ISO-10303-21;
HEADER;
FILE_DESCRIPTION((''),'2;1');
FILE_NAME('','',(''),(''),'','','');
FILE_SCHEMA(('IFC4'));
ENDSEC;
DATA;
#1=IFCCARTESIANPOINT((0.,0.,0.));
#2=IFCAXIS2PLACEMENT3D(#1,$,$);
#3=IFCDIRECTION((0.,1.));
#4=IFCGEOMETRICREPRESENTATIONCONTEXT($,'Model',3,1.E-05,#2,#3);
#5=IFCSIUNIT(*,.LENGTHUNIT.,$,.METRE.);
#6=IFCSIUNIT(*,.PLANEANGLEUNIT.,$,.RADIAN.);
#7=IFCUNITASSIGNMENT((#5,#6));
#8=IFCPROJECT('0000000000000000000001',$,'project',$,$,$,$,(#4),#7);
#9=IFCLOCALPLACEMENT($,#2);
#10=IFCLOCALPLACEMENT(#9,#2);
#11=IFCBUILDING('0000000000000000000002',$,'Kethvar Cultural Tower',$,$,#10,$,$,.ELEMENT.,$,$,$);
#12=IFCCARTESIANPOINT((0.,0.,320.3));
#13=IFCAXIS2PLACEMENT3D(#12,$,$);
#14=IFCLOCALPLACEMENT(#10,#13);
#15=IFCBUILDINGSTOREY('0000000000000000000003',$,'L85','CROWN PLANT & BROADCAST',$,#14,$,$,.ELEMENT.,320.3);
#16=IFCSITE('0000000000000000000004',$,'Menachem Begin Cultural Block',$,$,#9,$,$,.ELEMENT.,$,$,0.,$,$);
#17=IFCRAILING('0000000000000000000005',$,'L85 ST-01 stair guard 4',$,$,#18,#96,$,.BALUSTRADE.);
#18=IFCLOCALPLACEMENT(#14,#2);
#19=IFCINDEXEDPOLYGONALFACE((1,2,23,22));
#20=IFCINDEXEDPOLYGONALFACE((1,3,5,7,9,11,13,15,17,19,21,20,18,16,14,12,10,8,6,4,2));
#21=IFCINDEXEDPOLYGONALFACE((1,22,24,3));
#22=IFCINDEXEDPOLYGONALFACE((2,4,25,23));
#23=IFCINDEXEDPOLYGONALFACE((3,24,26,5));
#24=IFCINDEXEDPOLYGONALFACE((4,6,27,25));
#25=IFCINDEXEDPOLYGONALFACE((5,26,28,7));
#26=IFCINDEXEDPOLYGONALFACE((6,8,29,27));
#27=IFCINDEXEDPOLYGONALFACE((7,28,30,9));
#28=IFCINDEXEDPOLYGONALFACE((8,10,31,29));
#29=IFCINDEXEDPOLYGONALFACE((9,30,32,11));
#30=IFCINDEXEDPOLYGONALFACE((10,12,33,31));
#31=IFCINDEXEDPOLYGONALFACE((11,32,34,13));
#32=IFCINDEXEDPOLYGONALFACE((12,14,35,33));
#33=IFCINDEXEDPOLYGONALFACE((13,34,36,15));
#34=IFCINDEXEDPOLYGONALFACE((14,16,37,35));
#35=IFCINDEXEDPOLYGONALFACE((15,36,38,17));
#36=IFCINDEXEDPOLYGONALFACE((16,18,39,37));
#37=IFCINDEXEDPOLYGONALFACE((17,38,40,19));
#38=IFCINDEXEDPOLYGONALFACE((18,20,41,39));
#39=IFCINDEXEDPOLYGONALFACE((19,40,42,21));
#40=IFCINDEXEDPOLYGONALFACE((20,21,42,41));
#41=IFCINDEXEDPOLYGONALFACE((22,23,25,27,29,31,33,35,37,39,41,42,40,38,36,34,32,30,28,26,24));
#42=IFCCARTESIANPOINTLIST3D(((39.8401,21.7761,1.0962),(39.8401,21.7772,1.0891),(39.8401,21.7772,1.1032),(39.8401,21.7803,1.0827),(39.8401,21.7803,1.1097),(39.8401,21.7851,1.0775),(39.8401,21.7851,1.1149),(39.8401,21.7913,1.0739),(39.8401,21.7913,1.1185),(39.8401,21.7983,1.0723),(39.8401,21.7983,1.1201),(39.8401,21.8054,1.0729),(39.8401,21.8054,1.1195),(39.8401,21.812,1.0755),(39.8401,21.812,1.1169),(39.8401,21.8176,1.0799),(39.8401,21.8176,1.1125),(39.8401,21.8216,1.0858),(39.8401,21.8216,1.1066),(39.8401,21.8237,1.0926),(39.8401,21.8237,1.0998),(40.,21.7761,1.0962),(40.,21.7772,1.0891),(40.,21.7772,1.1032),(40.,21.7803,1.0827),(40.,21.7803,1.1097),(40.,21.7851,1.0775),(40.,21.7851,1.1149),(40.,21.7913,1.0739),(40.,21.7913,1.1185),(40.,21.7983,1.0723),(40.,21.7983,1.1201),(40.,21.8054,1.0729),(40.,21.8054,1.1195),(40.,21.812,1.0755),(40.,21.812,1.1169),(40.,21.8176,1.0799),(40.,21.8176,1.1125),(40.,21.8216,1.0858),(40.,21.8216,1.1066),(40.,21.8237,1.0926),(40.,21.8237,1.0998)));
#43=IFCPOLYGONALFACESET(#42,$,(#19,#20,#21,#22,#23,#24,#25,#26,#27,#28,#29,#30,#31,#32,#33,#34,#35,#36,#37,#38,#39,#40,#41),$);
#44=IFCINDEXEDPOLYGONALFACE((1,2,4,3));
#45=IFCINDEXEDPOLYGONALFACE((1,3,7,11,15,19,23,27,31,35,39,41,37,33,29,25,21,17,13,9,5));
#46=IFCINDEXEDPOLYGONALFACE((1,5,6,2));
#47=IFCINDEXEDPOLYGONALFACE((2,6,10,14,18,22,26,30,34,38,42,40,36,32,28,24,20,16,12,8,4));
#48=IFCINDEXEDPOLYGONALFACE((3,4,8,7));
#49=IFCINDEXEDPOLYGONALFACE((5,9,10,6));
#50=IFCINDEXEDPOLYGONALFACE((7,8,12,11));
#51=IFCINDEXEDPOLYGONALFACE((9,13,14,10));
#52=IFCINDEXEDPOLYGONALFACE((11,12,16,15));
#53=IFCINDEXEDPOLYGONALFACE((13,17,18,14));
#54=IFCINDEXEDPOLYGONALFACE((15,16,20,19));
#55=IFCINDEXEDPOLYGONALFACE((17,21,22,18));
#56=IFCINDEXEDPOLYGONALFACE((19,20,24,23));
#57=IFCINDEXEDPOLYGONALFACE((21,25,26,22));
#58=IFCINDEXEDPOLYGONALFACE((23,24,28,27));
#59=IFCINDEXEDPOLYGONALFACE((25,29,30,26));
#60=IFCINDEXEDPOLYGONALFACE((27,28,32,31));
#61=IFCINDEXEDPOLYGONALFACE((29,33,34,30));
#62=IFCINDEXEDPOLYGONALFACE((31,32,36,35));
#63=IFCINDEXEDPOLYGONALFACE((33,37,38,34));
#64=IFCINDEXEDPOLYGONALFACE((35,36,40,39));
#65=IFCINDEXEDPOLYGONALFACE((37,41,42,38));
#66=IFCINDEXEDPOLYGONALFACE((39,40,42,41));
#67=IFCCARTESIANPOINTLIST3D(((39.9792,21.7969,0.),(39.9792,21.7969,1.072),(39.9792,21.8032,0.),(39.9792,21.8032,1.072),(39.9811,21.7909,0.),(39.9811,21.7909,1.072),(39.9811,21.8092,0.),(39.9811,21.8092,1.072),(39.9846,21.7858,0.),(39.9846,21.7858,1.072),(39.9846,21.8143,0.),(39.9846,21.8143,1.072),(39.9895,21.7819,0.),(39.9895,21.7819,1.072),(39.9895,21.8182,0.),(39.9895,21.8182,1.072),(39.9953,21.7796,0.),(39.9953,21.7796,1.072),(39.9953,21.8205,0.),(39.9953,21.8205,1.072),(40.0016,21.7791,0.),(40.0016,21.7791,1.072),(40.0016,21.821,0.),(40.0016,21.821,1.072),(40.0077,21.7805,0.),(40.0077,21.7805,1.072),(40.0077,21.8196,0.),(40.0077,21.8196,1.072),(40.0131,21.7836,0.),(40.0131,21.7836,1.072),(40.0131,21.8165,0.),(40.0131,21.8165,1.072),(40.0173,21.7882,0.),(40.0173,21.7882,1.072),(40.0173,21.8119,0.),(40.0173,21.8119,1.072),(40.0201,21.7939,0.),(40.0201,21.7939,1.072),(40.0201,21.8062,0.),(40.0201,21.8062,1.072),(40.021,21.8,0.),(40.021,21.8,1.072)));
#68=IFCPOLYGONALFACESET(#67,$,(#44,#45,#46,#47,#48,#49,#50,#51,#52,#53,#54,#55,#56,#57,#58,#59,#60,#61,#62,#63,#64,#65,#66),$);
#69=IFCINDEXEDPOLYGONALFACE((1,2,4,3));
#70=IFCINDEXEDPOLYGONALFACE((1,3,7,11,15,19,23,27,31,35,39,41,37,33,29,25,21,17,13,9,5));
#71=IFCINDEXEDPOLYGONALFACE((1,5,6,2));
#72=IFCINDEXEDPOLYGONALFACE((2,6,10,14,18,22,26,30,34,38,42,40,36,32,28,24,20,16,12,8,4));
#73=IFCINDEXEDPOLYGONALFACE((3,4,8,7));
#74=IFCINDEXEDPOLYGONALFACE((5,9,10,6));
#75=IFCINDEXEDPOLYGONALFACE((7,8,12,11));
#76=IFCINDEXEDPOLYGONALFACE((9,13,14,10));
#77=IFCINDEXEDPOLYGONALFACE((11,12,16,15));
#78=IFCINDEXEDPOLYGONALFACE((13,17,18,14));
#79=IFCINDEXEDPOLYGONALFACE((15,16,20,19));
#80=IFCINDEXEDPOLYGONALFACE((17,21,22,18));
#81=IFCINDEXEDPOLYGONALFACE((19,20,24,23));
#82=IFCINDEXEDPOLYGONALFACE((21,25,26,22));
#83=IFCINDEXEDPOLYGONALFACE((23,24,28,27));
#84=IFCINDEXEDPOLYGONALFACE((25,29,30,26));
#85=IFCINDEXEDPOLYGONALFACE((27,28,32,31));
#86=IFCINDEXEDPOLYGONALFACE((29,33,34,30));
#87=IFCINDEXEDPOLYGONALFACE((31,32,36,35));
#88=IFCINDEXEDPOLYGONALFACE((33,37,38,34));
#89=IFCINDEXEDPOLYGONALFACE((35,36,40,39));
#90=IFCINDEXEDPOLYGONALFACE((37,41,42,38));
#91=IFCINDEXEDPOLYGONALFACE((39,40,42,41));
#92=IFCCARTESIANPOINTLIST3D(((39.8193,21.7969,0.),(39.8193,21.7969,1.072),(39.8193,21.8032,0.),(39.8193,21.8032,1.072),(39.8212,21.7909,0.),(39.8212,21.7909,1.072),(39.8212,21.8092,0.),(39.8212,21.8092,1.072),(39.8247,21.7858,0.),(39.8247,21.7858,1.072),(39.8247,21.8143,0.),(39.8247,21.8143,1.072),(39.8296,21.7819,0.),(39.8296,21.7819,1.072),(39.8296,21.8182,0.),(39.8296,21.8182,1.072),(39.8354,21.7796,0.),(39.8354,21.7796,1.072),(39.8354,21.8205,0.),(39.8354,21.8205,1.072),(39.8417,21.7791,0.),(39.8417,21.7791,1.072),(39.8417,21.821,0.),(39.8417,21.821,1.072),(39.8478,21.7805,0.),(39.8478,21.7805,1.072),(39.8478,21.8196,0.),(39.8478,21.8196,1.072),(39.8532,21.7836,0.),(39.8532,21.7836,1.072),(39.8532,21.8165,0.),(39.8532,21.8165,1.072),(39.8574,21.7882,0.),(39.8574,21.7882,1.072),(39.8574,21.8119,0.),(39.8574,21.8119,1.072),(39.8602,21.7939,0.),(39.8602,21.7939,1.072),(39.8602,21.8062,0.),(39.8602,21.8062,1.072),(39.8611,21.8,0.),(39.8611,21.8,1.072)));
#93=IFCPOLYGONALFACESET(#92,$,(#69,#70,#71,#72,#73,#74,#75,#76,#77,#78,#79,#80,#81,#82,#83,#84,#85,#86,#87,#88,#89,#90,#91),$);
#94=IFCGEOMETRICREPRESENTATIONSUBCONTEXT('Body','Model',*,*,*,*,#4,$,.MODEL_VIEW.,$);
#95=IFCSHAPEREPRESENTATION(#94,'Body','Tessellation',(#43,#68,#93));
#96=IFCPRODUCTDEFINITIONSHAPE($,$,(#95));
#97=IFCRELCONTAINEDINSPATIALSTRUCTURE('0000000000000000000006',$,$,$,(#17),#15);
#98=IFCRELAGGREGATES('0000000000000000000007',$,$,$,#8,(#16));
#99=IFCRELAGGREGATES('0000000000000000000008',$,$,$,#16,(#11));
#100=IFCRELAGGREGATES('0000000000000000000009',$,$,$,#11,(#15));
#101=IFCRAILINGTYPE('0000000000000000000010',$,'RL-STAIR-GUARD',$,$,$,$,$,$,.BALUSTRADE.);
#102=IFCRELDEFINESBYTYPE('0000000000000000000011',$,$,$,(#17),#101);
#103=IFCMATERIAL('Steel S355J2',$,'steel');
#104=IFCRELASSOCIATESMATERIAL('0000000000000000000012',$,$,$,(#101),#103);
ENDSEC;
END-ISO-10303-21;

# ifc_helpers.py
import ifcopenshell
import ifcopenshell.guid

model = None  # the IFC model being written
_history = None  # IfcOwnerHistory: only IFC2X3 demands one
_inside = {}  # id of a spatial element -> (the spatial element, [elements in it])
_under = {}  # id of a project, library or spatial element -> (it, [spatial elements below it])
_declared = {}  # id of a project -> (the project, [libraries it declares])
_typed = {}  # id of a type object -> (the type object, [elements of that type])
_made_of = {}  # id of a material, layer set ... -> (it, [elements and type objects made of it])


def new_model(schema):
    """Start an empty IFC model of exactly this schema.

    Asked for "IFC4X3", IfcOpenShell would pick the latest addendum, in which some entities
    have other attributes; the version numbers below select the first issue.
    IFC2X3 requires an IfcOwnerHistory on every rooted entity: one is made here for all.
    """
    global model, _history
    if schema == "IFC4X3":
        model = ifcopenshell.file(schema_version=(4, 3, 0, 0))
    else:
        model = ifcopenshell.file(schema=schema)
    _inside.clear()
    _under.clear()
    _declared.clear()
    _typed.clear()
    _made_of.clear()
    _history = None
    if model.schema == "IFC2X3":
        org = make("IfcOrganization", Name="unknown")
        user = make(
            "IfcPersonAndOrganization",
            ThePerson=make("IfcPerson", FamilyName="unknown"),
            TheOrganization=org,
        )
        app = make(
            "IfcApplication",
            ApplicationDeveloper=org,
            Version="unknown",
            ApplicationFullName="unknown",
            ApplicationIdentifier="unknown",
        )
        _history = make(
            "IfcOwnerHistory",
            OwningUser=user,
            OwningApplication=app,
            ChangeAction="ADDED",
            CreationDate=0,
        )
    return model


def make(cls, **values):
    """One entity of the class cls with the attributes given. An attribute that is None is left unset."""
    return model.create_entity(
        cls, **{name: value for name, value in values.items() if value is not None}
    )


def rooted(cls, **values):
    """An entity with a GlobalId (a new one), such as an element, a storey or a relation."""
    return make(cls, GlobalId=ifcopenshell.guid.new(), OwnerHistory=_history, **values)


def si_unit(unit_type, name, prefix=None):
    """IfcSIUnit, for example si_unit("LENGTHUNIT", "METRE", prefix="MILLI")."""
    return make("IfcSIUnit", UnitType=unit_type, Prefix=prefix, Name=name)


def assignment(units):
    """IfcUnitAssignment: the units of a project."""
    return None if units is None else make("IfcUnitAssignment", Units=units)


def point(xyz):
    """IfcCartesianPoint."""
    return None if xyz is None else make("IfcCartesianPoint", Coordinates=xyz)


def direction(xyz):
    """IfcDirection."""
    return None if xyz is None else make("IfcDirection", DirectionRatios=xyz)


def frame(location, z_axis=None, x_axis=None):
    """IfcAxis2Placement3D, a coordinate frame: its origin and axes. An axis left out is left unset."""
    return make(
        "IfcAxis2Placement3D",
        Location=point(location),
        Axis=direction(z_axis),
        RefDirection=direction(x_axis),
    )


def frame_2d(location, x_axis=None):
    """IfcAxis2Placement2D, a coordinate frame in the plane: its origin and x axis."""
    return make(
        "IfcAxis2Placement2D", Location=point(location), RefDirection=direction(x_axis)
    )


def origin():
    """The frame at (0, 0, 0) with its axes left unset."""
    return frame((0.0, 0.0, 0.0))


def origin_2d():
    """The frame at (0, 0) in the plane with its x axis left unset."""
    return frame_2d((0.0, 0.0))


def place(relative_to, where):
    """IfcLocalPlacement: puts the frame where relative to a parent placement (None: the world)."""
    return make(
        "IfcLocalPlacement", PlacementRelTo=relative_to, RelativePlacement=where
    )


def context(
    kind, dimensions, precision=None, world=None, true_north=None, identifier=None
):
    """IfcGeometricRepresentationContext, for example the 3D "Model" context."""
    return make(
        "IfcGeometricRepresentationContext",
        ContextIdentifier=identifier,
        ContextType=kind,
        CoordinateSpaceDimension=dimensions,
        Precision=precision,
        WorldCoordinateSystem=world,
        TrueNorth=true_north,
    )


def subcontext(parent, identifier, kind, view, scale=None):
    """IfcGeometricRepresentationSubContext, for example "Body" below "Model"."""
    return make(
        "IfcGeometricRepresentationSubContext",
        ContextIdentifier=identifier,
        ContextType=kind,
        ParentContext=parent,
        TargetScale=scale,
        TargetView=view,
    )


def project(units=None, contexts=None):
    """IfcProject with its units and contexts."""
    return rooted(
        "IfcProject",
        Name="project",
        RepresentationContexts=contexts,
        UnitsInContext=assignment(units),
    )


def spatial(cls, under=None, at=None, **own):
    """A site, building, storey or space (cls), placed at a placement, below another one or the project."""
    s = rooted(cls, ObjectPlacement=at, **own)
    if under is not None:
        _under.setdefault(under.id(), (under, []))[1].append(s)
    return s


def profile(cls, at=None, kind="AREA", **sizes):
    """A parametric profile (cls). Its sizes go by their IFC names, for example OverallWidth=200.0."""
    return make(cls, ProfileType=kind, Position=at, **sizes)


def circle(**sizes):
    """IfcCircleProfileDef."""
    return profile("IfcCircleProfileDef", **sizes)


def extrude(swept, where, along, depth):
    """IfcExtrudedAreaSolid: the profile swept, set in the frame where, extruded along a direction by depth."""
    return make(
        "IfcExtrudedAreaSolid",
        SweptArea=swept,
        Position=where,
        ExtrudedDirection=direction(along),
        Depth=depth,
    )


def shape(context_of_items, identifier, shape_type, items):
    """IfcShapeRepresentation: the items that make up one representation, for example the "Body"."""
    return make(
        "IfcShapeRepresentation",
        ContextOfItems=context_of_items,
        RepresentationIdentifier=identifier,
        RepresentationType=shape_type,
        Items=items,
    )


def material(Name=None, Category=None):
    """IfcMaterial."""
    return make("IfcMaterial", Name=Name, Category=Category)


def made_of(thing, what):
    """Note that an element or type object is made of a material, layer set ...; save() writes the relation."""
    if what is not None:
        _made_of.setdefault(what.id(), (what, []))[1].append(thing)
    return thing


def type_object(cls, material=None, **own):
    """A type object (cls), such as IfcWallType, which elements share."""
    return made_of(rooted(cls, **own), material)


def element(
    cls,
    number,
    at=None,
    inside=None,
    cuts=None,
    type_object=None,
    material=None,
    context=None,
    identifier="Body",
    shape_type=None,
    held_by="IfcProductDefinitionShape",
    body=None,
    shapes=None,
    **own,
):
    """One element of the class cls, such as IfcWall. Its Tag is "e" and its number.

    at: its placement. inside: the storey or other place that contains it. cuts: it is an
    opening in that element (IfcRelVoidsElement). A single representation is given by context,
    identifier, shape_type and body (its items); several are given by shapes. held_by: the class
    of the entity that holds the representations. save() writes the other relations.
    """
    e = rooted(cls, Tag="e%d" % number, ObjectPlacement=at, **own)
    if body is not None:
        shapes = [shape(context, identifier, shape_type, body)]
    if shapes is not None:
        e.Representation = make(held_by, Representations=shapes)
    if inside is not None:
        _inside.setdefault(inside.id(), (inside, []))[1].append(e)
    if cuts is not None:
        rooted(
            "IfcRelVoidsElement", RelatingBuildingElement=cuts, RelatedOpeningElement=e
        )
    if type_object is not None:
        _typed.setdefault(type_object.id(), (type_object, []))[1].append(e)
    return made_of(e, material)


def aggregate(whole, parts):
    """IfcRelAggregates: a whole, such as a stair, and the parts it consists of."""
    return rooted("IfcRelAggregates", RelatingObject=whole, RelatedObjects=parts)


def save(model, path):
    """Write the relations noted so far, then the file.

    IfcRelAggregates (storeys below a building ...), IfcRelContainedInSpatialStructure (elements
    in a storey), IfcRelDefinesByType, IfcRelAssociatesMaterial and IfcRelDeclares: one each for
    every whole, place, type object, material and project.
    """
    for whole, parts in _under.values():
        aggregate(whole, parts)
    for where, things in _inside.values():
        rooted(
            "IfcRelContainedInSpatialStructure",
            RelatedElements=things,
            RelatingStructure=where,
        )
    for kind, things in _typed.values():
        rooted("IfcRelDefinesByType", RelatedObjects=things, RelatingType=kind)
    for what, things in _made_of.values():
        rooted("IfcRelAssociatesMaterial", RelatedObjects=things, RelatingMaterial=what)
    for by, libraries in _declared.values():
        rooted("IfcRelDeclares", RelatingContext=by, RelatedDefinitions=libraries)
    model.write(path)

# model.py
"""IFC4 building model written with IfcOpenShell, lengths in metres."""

from ifc_helpers import new_model, si_unit, direction, frame, origin, origin_2d, place, context, subcontext, project, spatial, circle, extrude, material, type_object, element, save


model = new_model("IFC4")

# Units and contexts
model_context = context("Model", 3, precision=1e-05, world=origin(), true_north=direction((0.0, 1.0)))
body_context = subcontext(model_context, "Body", "Model", "MODEL_VIEW")
ifc_project = project(units=[si_unit("LENGTHUNIT", "METRE"), si_unit("PLANEANGLEUNIT", "RADIAN")], contexts=[model_context])

# Site, building, storey
site_placement = place(None, origin())
site = spatial("IfcSite", under=ifc_project, at=site_placement, Name="Menachem Begin Cultural Block", CompositionType="ELEMENT", RefElevation=0.0)
building_placement = place(site_placement, origin())
building = spatial("IfcBuilding", under=site, at=building_placement, Name="Kethvar Cultural Tower", CompositionType="ELEMENT")
storey_placement = place(building_placement, frame((0.0, 0.0, 320.3)))
storey = spatial("IfcBuildingStorey", under=building, at=storey_placement, Name="L85", Description="CROWN PLANT & BROADCAST", CompositionType="ELEMENT", Elevation=320.3)

# Shared definitions
ifc_material_1 = material(Name="Steel S355J2", Category="steel")

# Railing
railing_type_1 = type_object("IfcRailingType", Name="RL-STAIR-GUARD", PredefinedType="BALUSTRADE", material=ifc_material_1)
railing_1_placement = place(storey_placement, frame((40.0, 21.8, 0.0)))
element("IfcRailing", 1, at=railing_1_placement, inside=storey, type_object=railing_type_1, Name="L85 ST-01 stair guard 4", PredefinedType="BALUSTRADE", context=body_context, shape_type="SweptSolid", body=[
    extrude(circle(Radius=0.0239, at=origin_2d()), frame((0.0, 0.0, 1.0962), z_axis=(-1.0, 0.0, 0.0), x_axis=(0.0, -1.0, 0.0)), (0.0, 0.0, 1.0), 0.1599),
    extrude(circle(Radius=0.021, at=origin_2d()), origin(), (0.0, 0.0, 1.0), 1.072),
    extrude(circle(Radius=0.021, at=origin_2d()), frame((-0.1599, 0.0, 0.0)), (0.0, 0.0, 1.0), 1.072),
])

save(model, "model.ifc")
